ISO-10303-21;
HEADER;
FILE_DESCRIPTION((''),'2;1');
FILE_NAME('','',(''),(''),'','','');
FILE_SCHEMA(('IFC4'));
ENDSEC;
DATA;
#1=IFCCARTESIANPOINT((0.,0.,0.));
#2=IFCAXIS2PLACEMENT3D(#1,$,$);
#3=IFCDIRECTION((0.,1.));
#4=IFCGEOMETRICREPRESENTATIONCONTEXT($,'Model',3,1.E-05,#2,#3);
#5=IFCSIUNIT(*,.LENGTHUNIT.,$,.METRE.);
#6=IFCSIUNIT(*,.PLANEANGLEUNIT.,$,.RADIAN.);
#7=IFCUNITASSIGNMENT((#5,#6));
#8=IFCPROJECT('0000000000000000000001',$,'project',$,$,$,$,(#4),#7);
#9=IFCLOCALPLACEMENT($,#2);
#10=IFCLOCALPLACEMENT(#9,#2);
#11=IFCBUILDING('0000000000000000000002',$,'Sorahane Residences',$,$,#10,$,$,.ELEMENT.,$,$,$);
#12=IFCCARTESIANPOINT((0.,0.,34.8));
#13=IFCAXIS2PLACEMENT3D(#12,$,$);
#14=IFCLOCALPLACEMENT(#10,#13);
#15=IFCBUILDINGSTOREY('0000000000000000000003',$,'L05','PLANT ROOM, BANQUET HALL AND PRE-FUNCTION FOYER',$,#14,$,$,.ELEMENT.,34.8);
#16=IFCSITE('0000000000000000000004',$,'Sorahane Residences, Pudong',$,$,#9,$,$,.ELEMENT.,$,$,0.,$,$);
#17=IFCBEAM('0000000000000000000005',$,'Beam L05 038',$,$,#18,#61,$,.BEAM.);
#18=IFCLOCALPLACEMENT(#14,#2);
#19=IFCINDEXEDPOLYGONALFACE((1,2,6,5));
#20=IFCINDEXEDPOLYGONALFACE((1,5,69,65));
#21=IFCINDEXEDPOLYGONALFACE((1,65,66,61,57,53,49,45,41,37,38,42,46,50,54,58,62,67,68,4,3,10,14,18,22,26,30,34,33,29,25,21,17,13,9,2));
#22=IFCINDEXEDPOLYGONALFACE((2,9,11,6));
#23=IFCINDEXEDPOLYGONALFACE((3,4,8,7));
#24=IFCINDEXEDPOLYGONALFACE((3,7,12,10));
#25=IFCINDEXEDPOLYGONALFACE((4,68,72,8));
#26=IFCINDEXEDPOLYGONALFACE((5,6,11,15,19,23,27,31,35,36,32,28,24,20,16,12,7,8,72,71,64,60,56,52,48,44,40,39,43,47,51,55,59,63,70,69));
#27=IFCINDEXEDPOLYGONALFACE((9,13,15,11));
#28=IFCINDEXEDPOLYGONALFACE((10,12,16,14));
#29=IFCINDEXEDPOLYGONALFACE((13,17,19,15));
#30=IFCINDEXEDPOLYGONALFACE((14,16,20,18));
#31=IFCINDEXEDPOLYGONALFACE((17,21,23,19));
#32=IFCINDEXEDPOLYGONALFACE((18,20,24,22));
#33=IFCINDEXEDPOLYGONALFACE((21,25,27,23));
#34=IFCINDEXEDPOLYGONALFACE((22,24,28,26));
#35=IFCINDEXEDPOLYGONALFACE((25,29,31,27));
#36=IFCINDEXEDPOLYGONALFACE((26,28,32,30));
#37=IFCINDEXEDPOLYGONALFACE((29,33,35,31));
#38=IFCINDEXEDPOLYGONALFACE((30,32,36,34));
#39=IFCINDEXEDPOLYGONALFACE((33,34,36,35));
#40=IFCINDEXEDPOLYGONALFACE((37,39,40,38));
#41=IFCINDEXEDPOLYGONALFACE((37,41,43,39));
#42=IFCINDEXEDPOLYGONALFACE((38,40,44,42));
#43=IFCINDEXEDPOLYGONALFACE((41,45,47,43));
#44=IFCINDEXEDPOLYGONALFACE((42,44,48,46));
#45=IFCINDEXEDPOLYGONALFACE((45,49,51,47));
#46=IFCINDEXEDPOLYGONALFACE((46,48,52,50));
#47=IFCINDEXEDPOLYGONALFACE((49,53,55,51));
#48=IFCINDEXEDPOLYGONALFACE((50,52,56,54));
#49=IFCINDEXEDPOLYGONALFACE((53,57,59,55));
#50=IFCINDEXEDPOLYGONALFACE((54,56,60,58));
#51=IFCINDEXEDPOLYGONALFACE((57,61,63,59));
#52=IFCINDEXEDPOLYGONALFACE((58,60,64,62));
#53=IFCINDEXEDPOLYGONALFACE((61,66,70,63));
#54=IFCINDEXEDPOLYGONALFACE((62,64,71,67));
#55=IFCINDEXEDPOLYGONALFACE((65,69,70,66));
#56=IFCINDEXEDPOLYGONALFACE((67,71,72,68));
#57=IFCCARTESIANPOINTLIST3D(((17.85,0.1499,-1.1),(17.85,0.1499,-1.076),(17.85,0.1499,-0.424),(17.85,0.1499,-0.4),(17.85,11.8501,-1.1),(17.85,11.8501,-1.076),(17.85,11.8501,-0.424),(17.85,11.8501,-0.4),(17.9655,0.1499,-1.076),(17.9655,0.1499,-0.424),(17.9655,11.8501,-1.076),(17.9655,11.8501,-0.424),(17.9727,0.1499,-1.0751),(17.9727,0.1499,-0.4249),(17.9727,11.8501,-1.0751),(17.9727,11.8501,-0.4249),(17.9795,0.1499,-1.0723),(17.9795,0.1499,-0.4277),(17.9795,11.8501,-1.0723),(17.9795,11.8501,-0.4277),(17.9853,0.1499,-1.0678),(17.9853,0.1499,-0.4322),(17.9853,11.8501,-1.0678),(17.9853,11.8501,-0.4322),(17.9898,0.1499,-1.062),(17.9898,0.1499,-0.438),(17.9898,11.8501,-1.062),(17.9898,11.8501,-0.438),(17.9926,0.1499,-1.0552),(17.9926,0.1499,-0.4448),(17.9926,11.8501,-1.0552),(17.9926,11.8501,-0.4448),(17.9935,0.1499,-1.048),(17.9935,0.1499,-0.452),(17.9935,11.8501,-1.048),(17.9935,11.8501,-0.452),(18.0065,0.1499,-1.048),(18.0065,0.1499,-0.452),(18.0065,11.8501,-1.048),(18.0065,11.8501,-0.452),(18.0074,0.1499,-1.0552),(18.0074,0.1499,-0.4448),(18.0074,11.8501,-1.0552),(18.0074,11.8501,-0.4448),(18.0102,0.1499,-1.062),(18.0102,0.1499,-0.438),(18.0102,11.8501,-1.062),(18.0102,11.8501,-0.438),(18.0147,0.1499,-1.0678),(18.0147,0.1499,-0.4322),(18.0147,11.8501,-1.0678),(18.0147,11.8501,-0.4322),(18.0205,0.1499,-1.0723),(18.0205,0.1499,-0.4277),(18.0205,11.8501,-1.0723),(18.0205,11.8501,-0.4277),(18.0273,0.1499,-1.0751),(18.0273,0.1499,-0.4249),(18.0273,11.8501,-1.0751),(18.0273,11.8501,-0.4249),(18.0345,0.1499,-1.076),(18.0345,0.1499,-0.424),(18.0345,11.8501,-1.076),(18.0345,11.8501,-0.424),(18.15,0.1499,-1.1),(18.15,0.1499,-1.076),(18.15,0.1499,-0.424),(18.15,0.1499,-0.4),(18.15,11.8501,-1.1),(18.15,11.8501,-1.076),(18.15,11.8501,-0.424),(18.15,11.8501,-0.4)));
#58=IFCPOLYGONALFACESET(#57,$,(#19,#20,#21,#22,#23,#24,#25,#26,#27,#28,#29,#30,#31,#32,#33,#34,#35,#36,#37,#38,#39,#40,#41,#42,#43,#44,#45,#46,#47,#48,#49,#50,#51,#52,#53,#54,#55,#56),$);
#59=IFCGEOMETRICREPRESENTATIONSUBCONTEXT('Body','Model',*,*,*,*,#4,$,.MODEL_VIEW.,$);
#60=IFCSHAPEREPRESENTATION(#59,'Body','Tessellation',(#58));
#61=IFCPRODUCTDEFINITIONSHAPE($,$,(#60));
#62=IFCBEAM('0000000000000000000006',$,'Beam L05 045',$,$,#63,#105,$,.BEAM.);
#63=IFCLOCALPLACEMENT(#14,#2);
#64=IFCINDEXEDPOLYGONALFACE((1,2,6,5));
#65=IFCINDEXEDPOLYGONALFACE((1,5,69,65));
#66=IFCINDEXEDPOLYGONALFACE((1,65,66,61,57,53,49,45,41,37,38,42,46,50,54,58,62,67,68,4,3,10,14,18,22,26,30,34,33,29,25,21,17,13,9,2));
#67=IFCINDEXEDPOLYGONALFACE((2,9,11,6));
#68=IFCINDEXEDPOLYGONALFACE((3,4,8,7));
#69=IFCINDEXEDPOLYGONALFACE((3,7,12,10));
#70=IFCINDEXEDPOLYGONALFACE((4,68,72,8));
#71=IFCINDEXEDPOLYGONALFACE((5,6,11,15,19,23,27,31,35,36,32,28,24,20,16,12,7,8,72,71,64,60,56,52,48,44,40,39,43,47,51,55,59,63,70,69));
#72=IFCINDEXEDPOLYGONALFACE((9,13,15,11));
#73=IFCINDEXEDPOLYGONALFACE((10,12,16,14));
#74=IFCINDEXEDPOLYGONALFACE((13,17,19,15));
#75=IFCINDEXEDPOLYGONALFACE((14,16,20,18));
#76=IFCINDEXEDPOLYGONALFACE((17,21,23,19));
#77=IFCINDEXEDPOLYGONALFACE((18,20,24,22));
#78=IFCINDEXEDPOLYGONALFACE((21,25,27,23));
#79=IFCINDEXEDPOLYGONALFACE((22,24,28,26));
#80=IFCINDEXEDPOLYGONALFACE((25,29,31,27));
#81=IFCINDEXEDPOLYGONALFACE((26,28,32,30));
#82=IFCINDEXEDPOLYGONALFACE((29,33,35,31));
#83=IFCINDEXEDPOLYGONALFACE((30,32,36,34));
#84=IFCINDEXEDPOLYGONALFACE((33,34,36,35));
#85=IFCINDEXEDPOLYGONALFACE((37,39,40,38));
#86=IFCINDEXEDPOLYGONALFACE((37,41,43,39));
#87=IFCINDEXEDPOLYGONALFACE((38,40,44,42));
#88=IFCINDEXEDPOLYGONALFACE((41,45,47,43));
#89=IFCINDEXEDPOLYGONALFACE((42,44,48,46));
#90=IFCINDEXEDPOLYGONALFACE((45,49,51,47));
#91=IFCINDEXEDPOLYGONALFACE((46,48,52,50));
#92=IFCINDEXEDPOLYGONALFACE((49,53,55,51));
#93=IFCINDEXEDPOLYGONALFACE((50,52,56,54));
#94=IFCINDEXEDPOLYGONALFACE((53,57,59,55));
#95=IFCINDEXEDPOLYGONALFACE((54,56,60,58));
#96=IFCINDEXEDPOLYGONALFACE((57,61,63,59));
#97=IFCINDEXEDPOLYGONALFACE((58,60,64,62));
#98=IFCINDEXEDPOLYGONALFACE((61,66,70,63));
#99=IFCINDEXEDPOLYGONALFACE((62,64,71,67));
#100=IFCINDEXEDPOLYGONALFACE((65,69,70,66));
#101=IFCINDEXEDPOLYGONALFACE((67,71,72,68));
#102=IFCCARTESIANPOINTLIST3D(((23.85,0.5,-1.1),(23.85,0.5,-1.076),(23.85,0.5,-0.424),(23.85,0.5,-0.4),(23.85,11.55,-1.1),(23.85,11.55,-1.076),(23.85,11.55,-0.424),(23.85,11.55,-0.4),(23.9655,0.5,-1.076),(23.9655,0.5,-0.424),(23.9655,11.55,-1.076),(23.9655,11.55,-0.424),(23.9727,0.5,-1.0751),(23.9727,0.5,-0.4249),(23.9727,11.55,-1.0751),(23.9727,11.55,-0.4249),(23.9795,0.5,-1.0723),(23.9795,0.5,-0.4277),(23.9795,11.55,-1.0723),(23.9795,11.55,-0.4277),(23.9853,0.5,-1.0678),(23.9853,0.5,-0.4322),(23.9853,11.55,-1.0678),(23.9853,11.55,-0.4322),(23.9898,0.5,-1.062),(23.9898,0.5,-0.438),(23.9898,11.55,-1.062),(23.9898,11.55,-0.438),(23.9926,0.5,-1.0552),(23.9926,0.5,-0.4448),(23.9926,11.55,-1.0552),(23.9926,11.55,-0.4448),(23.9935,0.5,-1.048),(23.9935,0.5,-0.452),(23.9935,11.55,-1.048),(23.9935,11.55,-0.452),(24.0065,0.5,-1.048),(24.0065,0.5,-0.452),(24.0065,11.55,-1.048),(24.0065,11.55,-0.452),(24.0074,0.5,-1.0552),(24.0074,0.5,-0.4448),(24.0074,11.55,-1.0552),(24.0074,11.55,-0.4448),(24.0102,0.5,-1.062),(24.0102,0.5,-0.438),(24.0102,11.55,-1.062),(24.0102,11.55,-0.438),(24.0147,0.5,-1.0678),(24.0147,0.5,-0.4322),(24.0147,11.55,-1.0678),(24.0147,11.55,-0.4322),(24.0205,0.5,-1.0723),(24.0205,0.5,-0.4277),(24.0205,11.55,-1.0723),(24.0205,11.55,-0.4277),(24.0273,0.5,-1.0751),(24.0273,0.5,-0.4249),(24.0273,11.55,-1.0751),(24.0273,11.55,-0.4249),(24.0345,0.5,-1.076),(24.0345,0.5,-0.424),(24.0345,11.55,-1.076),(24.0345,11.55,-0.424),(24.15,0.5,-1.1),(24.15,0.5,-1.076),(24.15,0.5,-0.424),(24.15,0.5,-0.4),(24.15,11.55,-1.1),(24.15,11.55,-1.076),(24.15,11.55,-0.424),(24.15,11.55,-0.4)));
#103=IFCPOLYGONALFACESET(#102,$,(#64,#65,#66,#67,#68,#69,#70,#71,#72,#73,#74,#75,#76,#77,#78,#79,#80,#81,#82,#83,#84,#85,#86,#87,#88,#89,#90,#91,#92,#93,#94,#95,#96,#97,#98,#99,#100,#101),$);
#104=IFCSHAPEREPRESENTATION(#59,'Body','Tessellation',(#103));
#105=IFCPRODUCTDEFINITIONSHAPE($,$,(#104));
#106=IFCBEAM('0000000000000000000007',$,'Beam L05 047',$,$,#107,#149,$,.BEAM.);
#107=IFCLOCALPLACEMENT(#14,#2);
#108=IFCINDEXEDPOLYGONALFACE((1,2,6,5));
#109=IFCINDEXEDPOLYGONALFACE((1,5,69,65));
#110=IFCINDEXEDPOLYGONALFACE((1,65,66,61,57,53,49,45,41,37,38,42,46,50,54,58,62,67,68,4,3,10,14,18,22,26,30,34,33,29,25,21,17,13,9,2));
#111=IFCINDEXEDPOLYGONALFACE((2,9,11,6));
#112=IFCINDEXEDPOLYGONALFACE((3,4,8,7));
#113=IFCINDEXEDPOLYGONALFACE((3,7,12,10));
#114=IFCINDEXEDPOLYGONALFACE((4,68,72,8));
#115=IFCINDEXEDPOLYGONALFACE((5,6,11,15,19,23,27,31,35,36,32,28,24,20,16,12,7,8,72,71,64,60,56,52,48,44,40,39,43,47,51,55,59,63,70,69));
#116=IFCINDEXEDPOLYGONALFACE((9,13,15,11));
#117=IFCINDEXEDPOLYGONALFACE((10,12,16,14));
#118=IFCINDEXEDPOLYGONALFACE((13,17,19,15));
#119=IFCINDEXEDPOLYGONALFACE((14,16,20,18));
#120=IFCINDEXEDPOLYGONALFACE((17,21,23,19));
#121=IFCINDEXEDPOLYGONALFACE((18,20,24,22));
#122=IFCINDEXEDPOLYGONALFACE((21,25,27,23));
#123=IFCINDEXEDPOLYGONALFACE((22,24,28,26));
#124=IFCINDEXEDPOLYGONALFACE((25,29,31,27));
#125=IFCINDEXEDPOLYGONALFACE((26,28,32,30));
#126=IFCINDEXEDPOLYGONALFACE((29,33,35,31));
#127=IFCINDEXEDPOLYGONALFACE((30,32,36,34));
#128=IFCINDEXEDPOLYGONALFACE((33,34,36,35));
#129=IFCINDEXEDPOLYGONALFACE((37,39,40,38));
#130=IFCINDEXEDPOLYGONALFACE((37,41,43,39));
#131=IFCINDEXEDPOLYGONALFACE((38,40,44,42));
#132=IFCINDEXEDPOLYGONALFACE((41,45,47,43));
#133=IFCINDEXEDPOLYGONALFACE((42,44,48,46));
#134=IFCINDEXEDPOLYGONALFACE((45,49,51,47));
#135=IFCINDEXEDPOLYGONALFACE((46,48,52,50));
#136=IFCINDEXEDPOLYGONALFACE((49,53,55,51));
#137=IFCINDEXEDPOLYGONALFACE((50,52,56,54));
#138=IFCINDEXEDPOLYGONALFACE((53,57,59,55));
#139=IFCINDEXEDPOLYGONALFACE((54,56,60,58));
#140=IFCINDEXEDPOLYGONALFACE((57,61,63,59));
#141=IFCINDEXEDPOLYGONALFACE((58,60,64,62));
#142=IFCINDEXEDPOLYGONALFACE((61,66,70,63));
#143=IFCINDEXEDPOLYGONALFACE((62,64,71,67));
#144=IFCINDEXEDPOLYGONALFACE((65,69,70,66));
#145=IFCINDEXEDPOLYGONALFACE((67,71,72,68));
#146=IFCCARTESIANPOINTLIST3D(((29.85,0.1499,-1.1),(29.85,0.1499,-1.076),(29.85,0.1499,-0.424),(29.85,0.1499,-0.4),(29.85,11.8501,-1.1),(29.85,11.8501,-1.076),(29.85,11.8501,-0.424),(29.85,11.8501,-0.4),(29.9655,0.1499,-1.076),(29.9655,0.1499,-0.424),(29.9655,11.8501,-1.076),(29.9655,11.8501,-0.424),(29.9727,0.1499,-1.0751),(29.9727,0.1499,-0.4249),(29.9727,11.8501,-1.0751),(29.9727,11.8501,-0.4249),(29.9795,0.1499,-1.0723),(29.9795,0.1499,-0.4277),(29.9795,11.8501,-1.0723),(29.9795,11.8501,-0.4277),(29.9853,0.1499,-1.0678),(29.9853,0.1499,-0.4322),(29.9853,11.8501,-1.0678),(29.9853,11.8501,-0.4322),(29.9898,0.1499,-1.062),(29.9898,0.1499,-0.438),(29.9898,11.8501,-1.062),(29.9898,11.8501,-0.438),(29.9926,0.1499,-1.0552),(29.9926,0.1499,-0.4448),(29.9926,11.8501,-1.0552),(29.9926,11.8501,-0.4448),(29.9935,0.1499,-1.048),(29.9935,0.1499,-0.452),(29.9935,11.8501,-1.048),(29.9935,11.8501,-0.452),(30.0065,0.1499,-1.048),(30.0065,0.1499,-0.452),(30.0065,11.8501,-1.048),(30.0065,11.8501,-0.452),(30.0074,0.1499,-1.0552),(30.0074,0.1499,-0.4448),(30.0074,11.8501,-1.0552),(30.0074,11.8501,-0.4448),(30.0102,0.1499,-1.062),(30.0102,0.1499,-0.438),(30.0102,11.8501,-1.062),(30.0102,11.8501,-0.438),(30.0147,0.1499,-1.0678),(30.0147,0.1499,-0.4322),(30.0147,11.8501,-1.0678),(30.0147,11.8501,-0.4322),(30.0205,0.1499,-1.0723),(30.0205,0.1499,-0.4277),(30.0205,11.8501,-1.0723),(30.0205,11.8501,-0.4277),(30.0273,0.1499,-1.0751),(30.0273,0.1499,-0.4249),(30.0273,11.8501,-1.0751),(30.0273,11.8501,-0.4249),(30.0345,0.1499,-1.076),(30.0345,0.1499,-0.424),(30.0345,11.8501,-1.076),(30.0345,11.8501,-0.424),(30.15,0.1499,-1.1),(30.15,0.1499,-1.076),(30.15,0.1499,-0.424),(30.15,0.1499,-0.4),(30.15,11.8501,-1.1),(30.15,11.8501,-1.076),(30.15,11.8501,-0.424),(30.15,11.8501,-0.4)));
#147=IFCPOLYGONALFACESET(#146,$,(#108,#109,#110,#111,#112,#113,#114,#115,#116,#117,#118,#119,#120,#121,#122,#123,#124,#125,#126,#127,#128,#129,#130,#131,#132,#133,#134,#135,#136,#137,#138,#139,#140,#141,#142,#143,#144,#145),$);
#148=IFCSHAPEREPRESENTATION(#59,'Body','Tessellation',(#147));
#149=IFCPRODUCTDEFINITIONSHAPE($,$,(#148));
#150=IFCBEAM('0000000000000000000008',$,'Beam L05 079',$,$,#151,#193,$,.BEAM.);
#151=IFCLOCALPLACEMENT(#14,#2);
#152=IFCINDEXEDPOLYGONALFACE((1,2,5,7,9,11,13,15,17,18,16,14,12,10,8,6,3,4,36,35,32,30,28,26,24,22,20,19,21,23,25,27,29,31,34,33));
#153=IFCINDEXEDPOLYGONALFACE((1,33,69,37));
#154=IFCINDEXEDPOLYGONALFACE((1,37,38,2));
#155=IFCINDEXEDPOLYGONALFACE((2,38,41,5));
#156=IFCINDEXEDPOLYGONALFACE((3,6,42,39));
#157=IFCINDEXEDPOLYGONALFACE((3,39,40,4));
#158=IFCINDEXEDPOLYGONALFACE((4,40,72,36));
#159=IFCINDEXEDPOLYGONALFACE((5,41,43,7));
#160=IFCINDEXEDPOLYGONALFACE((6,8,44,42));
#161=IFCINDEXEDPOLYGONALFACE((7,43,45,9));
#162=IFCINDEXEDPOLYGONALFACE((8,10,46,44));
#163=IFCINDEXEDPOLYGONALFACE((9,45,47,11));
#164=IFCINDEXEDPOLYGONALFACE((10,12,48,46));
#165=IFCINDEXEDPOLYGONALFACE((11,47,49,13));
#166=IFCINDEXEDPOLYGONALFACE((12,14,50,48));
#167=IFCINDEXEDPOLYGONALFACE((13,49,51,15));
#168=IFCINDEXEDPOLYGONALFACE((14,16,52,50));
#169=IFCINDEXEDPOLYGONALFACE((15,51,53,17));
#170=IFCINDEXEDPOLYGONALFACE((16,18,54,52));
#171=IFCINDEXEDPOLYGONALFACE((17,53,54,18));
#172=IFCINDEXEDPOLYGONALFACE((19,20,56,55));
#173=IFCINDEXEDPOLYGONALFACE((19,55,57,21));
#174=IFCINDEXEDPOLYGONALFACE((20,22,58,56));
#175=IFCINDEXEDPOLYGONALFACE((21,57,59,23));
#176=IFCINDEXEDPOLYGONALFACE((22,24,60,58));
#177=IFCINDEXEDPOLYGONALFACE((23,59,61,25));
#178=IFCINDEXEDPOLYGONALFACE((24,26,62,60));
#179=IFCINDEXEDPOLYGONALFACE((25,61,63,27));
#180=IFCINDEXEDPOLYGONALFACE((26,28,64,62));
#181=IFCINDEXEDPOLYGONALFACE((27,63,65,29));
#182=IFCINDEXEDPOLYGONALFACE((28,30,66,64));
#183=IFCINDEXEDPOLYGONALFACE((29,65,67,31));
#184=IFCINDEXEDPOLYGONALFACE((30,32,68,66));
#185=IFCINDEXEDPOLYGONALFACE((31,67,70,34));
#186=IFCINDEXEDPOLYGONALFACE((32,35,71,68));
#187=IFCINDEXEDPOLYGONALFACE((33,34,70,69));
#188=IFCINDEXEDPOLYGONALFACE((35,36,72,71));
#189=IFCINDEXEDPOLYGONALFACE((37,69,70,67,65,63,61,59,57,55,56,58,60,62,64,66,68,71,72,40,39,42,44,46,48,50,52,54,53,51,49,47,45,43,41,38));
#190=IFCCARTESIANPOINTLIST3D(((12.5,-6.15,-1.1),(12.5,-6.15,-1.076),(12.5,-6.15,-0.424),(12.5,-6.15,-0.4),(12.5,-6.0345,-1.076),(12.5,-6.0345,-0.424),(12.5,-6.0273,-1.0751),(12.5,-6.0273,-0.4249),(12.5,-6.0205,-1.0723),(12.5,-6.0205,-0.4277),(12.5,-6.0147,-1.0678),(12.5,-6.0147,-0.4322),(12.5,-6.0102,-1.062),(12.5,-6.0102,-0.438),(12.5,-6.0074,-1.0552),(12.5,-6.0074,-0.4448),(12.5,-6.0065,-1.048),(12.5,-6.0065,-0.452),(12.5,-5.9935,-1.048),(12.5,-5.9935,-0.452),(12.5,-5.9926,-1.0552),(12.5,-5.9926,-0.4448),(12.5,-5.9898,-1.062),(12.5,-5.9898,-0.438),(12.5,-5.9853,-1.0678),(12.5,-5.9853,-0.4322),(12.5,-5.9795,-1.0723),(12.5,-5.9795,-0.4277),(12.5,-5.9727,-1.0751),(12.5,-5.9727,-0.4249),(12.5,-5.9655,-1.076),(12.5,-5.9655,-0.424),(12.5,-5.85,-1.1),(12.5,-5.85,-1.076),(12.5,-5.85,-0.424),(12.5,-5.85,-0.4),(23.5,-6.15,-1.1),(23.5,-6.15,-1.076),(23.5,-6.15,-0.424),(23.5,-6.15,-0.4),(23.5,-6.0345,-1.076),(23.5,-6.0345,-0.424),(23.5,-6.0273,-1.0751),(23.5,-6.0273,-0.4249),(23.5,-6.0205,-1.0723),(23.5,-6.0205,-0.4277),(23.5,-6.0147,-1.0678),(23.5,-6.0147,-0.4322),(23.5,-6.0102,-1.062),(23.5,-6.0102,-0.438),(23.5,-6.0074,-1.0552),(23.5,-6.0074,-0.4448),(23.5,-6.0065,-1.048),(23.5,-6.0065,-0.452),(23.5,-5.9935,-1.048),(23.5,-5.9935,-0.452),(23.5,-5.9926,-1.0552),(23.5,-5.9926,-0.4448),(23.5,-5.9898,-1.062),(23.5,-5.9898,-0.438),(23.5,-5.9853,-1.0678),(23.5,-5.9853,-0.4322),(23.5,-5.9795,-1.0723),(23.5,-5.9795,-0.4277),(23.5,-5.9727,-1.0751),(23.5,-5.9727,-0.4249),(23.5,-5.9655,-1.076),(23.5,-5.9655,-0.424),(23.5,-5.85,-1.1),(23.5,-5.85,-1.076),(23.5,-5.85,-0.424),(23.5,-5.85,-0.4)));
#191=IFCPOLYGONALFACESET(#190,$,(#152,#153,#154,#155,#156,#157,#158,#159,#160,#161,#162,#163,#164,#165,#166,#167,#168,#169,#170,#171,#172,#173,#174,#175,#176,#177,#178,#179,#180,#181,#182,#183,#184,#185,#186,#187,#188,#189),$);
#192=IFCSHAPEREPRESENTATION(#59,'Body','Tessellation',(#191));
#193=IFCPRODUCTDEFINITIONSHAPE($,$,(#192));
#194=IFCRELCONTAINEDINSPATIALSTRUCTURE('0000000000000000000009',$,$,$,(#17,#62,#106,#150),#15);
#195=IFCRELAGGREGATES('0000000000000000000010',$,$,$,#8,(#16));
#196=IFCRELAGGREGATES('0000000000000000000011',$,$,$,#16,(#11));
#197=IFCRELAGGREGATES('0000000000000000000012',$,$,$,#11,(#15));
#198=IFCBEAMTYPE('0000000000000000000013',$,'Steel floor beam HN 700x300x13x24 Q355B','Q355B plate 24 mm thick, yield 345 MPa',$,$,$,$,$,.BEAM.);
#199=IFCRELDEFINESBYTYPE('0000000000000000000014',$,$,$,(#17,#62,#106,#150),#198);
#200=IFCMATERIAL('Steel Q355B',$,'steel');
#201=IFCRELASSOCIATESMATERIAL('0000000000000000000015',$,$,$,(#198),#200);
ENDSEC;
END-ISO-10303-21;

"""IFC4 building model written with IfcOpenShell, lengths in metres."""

from ifc_helpers import new_model, si_unit, direction, frame, origin, origin_2d, place, context, subcontext, project, spatial, i_section, extrude, material, material_profile, profile_set, type_object, element, save


model = new_model("IFC4")

# Units and contexts
model_context = context("Model", 3, precision=1e-05, world=origin(), true_north=direction((0.0, 1.0)))
body_context = subcontext(model_context, "Body", "Model", "MODEL_VIEW")
ifc_project = project(units=[si_unit("LENGTHUNIT", "METRE"), si_unit("PLANEANGLEUNIT", "RADIAN")], contexts=[model_context])

# Site, building, storey
site_placement = place(None, origin())
site = spatial("IfcSite", under=ifc_project, at=site_placement, Name="Sorahane Residences, Pudong", CompositionType="ELEMENT", RefElevation=0.0)
building_placement = place(site_placement, origin())
building = spatial("IfcBuilding", under=site, at=building_placement, Name="Sorahane Residences", CompositionType="ELEMENT")
storey_placement = place(building_placement, frame((0.0, 0.0, 34.8)))
storey = spatial("IfcBuildingStorey", under=building, at=storey_placement, Name="L05", Description="PLANT ROOM, BANQUET HALL AND PRE-FUNCTION FOYER", CompositionType="ELEMENT", Elevation=34.8)

# Beams
ifc_material_1 = material(Name="Steel Q355B", Category="steel")
ifc_material_profile_1 = material_profile(ifc_material_1, i_section(OverallWidth=0.3, OverallDepth=0.7, WebThickness=0.0129, FlangeThickness=0.0239, FilletRadius=0.0281, at=origin_2d()), Name="HN 700x300x13x24")
ifc_profile_set_1 = profile_set([ifc_material_profile_1], Name="Steel Q355B")
beam_type_1 = type_object("IfcBeamType", Name="Steel floor beam HN 700x300x13x24 Q355B", Description="Q355B plate 24 mm thick, yield 345 MPa", PredefinedType="BEAM", material=ifc_profile_set_1)
beam_1_placement = place(storey_placement, frame((18.0, 0.1499, -0.75), z_axis=(0.0, 1.0, 0.0), x_axis=(-1.0, 0.0, 0.0)))
element("IfcBeam", 1, at=beam_1_placement, inside=storey, type_object=beam_type_1, Name="Beam L05 038", PredefinedType="BEAM", context=body_context, shape_type="SweptSolid", body=[
    extrude(i_section(OverallWidth=0.3, OverallDepth=0.7, WebThickness=0.0129, FlangeThickness=0.0239, FilletRadius=0.0281, at=origin_2d()), origin(), (0.0, 0.0, 1.0), 11.7002),
])
beam_2_placement = place(storey_placement, frame((24.0, 0.5, -0.75), z_axis=(0.0, 1.0, 0.0), x_axis=(-1.0, 0.0, 0.0)))
element("IfcBeam", 2, at=beam_2_placement, inside=storey, type_object=beam_type_1, Name="Beam L05 045", PredefinedType="BEAM", context=body_context, shape_type="SweptSolid", body=[
    extrude(i_section(OverallWidth=0.3, OverallDepth=0.7, WebThickness=0.0129, FlangeThickness=0.0239, FilletRadius=0.0281, at=origin_2d()), origin(), (0.0, 0.0, 1.0), 11.05),
])
beam_3_placement = place(storey_placement, frame((30.0, 0.1499, -0.75), z_axis=(0.0, 1.0, 0.0), x_axis=(-1.0, 0.0, 0.0)))
element("IfcBeam", 3, at=beam_3_placement, inside=storey, type_object=beam_type_1, Name="Beam L05 047", PredefinedType="BEAM", context=body_context, shape_type="SweptSolid", body=[
    extrude(i_section(OverallWidth=0.3, OverallDepth=0.7, WebThickness=0.0129, FlangeThickness=0.0239, FilletRadius=0.0281, at=origin_2d()), origin(), (0.0, 0.0, 1.0), 11.7002),
])
for number, where, z_axis, x_axis, name in (
    (4, (12.5, -6.0, -0.75), (1.0, 0.0, 0.0), (0.0, 1.0, 0.0), "Beam L05 079"),
):
    element("IfcBeam", number, at=place(storey_placement, frame(where, z_axis=z_axis, x_axis=x_axis)), inside=storey, type_object=beam_type_1, Name=name, PredefinedType="BEAM", context=body_context, shape_type="SweptSolid", body=[
        extrude(i_section(OverallWidth=0.3, OverallDepth=0.7, WebThickness=0.0129, FlangeThickness=0.0239, FilletRadius=0.0281, at=origin_2d()), origin(), (0.0, 0.0, 1.0), 11.0),
    ])

save(model, "model.ifc")
